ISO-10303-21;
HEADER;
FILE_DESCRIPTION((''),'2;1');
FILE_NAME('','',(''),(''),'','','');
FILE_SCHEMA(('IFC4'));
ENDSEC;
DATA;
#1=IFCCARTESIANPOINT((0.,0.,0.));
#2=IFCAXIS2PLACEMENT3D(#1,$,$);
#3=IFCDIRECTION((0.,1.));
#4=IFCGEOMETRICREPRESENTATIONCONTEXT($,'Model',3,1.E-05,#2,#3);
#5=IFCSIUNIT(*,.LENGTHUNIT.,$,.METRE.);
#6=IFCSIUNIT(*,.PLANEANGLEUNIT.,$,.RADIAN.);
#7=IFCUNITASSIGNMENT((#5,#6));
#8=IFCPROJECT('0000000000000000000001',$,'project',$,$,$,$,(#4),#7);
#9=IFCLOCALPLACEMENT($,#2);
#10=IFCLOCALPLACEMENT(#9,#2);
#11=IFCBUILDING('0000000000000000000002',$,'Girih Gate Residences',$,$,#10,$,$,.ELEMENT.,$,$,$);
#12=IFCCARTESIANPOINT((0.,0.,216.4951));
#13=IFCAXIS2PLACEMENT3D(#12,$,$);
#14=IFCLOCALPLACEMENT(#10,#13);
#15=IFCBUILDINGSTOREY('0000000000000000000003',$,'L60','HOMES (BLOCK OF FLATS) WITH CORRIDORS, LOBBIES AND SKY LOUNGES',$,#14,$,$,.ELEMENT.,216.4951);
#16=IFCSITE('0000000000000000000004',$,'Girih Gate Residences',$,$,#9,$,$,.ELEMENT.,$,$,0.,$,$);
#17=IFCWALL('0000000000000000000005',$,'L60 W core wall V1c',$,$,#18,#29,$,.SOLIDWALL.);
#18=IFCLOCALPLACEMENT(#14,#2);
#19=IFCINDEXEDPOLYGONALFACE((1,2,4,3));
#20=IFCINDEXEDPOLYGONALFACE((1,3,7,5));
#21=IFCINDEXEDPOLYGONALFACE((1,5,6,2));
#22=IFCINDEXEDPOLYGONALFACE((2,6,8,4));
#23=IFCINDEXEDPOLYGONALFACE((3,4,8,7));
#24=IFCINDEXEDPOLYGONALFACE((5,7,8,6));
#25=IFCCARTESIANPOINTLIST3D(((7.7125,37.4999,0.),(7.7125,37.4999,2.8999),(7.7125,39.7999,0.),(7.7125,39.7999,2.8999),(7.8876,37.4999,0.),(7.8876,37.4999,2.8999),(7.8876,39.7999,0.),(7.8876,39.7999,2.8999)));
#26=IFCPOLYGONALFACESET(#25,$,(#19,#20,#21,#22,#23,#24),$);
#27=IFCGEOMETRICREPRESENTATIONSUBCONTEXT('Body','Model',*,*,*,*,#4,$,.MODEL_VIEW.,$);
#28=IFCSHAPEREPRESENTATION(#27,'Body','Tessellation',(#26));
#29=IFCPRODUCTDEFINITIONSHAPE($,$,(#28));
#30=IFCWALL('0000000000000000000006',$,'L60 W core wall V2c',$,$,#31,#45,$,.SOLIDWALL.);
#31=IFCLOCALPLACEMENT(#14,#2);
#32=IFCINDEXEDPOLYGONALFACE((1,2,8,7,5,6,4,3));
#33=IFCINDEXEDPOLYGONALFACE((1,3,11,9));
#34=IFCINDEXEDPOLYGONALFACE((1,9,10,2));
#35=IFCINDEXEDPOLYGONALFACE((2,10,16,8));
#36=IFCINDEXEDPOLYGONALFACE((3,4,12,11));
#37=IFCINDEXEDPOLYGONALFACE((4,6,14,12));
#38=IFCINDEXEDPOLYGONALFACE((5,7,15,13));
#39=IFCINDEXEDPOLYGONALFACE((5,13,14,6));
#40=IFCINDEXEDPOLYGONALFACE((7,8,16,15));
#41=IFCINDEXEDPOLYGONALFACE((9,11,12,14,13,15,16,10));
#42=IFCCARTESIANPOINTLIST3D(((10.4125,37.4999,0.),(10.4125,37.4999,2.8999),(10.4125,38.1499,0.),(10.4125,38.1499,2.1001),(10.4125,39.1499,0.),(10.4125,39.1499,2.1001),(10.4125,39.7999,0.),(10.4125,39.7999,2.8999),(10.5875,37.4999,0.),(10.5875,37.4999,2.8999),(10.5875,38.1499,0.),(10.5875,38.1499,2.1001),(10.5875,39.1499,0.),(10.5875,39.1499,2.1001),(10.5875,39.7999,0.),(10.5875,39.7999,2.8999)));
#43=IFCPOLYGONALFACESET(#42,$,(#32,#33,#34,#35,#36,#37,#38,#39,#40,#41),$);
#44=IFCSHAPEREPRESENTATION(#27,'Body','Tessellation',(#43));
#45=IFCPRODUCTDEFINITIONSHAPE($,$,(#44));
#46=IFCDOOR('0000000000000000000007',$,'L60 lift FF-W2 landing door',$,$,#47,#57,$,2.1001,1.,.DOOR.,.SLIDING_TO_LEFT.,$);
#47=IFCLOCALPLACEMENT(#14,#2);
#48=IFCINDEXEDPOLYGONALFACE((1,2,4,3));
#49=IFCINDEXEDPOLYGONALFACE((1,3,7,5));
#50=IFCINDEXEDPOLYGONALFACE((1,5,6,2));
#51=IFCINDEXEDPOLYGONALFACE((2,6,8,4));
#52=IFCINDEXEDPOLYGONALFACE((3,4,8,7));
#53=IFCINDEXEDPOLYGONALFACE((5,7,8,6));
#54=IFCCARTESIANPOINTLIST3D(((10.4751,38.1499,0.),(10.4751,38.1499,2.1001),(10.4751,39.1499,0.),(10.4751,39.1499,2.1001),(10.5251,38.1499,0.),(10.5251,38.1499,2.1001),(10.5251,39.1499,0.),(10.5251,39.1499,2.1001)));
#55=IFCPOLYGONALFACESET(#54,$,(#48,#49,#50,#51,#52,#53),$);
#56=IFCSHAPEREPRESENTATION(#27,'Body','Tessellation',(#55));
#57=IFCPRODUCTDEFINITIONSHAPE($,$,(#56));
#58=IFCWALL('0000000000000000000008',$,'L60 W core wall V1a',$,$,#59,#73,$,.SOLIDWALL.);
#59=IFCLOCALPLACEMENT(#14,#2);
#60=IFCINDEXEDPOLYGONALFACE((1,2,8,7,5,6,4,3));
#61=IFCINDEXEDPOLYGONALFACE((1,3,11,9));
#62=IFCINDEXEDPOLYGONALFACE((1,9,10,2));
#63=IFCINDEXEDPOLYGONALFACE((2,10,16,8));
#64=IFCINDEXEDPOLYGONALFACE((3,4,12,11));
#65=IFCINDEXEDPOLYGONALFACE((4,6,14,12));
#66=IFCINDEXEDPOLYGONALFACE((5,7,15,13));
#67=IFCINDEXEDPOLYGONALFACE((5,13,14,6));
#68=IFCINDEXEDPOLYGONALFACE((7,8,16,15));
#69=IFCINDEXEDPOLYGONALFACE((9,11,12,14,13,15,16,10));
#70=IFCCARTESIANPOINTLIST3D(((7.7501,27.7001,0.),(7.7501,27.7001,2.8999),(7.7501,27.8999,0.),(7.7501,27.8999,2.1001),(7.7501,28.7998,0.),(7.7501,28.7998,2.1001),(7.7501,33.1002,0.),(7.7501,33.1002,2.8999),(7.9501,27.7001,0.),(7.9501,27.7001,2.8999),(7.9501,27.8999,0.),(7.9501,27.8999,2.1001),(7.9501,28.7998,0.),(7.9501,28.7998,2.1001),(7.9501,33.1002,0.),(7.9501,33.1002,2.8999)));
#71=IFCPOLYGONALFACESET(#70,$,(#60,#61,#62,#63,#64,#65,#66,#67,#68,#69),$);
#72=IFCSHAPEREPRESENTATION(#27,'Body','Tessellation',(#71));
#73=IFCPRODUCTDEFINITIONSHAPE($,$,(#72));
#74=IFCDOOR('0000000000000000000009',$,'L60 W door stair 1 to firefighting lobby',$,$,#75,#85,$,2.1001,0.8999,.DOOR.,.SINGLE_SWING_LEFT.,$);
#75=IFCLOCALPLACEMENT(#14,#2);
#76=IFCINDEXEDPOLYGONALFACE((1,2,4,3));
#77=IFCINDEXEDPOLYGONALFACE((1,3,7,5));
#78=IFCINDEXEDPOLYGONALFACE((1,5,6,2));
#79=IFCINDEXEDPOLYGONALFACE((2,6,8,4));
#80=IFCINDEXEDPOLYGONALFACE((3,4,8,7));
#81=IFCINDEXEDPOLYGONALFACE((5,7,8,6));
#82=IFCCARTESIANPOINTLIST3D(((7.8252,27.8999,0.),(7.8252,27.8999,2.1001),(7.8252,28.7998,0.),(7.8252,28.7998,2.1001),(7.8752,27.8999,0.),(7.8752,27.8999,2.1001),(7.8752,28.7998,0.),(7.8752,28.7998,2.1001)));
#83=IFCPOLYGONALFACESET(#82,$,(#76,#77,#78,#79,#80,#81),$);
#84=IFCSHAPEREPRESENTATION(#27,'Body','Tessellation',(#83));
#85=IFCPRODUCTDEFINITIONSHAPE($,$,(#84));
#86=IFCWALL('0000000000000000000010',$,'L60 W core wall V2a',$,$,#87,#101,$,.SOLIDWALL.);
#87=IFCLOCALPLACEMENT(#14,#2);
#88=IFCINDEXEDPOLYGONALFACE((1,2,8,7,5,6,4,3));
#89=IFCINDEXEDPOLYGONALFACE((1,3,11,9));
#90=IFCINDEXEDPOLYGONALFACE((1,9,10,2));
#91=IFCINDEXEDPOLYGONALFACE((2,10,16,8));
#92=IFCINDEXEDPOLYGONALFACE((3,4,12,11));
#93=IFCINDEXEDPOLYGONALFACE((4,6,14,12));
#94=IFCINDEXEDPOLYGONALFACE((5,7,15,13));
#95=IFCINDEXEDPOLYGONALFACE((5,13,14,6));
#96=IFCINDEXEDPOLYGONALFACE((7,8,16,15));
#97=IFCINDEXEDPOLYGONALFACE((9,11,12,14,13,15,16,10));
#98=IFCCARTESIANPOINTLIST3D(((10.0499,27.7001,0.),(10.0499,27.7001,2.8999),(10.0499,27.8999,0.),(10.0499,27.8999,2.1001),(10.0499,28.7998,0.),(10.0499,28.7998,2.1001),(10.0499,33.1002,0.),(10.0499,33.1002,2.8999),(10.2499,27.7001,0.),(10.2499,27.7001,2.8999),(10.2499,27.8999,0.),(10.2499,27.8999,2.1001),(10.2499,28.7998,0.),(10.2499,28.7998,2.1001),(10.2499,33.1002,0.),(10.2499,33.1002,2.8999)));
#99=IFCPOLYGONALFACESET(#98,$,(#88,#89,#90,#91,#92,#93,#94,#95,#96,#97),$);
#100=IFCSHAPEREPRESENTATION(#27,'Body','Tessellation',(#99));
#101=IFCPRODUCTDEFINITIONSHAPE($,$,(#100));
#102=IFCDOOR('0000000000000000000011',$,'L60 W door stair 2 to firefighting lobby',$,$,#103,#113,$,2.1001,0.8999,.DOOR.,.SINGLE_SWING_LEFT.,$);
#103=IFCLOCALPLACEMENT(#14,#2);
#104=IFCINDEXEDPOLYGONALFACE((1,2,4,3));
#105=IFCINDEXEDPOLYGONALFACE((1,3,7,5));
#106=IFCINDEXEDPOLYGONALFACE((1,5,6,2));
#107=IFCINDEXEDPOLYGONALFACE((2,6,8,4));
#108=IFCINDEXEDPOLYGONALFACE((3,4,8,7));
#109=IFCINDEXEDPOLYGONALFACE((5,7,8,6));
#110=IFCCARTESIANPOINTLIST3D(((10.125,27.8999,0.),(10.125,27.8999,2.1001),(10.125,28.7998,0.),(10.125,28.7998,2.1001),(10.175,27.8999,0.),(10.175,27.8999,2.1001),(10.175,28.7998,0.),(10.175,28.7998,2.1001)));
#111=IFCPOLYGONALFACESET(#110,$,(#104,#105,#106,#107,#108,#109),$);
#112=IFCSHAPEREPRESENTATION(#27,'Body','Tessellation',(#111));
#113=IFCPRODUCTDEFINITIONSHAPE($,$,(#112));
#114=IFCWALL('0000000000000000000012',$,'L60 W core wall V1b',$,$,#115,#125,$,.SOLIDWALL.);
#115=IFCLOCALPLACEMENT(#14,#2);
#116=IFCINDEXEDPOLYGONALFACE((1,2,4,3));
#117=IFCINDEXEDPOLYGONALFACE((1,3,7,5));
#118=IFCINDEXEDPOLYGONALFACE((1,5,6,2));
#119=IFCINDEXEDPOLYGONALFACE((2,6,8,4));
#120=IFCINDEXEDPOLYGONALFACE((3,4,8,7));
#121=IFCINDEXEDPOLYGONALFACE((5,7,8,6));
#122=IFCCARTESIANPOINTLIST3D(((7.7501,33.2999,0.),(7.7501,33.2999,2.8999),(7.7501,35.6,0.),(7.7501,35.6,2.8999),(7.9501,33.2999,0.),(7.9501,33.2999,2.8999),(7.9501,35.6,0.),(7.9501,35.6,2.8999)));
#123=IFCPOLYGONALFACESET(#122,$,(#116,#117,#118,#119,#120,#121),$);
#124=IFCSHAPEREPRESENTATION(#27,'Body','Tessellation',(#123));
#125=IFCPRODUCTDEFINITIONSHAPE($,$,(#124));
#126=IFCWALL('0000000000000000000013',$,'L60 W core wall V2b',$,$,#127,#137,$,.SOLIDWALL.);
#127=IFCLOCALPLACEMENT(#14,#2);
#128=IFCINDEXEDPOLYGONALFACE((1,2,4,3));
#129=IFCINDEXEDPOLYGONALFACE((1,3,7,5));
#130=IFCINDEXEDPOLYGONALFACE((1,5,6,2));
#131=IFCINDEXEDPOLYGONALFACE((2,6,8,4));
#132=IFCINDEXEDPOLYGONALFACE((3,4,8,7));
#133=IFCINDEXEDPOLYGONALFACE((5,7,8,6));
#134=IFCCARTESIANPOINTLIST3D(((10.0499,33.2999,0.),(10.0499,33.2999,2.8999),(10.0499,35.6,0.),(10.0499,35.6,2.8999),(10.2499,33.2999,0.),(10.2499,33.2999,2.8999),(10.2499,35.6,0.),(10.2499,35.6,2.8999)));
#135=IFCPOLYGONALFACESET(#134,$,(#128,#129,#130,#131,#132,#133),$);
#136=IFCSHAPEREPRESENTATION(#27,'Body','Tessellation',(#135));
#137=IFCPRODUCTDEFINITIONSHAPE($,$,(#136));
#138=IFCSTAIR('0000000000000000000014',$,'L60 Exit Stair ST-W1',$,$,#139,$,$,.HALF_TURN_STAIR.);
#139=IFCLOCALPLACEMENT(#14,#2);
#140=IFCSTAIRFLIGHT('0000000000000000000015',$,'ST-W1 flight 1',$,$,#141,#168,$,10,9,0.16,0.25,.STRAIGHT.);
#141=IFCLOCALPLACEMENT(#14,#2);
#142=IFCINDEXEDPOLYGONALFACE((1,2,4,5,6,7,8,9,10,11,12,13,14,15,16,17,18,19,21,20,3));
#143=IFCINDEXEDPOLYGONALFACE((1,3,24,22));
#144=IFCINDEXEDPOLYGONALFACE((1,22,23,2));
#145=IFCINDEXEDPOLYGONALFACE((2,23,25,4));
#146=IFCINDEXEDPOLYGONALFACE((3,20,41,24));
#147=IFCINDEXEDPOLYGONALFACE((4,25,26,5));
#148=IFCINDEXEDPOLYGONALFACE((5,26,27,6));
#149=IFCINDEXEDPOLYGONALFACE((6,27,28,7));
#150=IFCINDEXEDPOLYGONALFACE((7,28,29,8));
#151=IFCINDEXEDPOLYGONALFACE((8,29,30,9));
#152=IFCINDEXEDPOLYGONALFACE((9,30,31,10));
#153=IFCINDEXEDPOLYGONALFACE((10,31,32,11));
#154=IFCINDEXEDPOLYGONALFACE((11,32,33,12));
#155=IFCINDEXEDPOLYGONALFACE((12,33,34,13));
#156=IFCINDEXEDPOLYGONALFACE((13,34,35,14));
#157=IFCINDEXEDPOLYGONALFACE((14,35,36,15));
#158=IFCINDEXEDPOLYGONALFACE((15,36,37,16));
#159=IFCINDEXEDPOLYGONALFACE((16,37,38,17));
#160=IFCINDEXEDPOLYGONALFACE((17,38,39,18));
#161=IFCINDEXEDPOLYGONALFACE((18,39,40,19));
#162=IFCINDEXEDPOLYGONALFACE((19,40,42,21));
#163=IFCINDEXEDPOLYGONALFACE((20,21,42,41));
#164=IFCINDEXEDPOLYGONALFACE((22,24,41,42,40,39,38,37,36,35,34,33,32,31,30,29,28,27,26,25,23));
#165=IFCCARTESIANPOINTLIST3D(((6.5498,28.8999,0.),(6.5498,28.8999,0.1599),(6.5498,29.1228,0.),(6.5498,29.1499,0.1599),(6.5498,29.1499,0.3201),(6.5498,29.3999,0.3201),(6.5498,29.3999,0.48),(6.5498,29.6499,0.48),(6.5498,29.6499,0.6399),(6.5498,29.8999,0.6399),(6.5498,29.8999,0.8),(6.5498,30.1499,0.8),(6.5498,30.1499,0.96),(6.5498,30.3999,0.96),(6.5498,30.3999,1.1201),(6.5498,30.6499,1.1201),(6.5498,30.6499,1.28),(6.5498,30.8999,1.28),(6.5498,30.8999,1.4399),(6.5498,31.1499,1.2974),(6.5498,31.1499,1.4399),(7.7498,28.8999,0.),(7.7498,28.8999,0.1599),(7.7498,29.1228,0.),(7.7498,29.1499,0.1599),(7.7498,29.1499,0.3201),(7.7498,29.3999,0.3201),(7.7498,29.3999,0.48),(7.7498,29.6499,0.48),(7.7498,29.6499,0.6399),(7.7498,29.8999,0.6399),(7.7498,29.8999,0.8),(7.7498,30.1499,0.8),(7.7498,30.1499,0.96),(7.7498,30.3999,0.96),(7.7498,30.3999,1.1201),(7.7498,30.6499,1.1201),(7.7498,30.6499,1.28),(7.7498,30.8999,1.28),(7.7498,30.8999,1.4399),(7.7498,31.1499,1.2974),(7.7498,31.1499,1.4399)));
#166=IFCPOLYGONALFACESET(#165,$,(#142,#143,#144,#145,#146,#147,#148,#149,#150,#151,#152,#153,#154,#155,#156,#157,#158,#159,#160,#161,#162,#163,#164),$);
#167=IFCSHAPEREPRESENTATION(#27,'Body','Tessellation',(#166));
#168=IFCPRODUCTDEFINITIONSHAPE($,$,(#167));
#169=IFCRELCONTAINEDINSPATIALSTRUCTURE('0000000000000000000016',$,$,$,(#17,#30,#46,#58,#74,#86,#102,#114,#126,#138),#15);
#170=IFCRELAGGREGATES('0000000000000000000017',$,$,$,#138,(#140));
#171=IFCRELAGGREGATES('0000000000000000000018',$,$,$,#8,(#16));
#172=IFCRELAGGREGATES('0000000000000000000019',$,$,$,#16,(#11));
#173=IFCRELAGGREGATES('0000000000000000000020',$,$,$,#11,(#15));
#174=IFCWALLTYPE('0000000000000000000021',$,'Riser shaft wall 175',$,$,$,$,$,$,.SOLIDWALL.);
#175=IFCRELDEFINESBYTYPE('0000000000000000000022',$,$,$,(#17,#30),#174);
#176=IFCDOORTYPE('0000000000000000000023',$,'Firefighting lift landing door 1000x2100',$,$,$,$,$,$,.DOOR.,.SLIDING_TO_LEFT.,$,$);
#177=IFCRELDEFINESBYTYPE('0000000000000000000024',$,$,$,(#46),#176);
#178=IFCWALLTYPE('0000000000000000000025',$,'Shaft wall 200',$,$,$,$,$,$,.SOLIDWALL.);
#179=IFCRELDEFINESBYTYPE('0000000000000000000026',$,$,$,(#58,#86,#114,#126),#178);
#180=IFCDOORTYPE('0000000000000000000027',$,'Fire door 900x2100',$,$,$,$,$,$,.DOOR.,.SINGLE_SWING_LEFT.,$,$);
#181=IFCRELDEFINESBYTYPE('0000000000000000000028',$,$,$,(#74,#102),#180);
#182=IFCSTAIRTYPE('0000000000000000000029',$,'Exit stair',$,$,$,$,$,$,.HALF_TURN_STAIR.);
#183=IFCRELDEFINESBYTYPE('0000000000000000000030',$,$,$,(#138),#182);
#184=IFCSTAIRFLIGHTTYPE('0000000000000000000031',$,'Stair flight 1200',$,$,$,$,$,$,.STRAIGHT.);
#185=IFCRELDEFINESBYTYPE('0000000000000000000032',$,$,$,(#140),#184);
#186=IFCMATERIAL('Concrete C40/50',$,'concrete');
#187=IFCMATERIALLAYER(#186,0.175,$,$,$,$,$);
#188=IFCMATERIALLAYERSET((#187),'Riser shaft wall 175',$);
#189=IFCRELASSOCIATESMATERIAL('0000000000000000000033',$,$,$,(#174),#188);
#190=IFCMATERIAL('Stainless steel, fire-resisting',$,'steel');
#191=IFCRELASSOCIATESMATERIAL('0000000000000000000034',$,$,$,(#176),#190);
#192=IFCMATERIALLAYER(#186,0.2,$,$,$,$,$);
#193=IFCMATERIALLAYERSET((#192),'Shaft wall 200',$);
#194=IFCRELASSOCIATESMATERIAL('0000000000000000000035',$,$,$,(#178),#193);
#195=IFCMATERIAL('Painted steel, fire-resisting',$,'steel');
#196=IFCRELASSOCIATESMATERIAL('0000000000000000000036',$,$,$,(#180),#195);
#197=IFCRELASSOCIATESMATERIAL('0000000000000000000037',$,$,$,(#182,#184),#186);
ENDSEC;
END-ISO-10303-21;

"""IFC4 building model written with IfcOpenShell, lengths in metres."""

from ifc_helpers import new_model, si_unit, direction, frame, frame_2d, origin, place, context, subcontext, project, spatial, polyline, rectangle, outline, extrude, material, layer, layer_set, type_object, element, fill, aggregate, save


model = new_model("IFC4")

# Units and contexts
model_context = context("Model", 3, precision=1e-05, world=origin(), true_north=direction((0.0, 1.0)))
body_context = subcontext(model_context, "Body", "Model", "MODEL_VIEW")
ifc_project = project(units=[si_unit("LENGTHUNIT", "METRE"), si_unit("PLANEANGLEUNIT", "RADIAN")], contexts=[model_context])

# Site, building, storey
site_placement = place(None, origin())
site = spatial("IfcSite", under=ifc_project, at=site_placement, Name="Girih Gate Residences", CompositionType="ELEMENT", RefElevation=0.0)
building_placement = place(site_placement, origin())
building = spatial("IfcBuilding", under=site, at=building_placement, Name="Girih Gate Residences", CompositionType="ELEMENT")
storey_placement = place(building_placement, frame((0.0, 0.0, 216.4951)))
storey = spatial("IfcBuildingStorey", under=building, at=storey_placement, Name="L60", Description="HOMES (BLOCK OF FLATS) WITH CORRIDORS, LOBBIES AND SKY LOUNGES", CompositionType="ELEMENT", Elevation=216.4951)

# Wall
ifc_material_1 = material(Name="Concrete C40/50", Category="concrete")
ifc_layer_1 = layer(ifc_material_1, 0.175)
ifc_layer_set_1 = layer_set([ifc_layer_1], Name="Riser shaft wall 175")
wall_type_1 = type_object("IfcWallType", Name="Riser shaft wall 175", PredefinedType="SOLIDWALL", material=ifc_layer_set_1)
wall_1_placement = place(storey_placement, frame((7.8, 37.5, 0.0), z_axis=(0.0, 0.0, 1.0), x_axis=(0.0, 1.0, 0.0)))
element("IfcWall", 1, at=wall_1_placement, inside=storey, type_object=wall_type_1, Name="L60 W core wall V1c", PredefinedType="SOLIDWALL", context=body_context, shape_type="SweptSolid", body=[
    extrude(rectangle(XDim=2.3, YDim=0.175, at=frame_2d((1.1499, 0.0))), origin(), (0.0, 0.0, 1.0), 2.8999),
])

# Walls, openings, doors
wall_2_placement = place(storey_placement, frame((10.5, 37.5, 0.0), z_axis=(0.0, 0.0, 1.0), x_axis=(0.0, 1.0, 0.0)))
wall_2 = element("IfcWall", 2, at=wall_2_placement, inside=storey, type_object=wall_type_1, Name="L60 W core wall V2c", PredefinedType="SOLIDWALL", context=body_context, shape_type="SweptSolid", body=[
    extrude(rectangle(XDim=2.3, YDim=0.175, at=frame_2d((1.1499, 0.0))), origin(), (0.0, 0.0, 1.0), 2.8999),
])
opening_1_placement = place(wall_2_placement, frame((0.6499, 0.0, 0.0)))
opening_1 = element("IfcOpeningElement", 3, at=opening_1_placement, cuts=wall_2, PredefinedType="OPENING", context=body_context, shape_type="SweptSolid", body=[
    extrude(rectangle(XDim=1.0, YDim=2.1001, at=frame_2d((0.5, 1.05))), frame((0.0, 0.0974, 0.0), z_axis=(0.0, -1.0, 0.0), x_axis=(1.0, 0.0, 0.0)), (0.0, 0.0, 1.0), 0.1951),
])
ifc_material_2 = material(Name="Stainless steel, fire-resisting", Category="steel")
door_type_1 = type_object("IfcDoorType", Name="Firefighting lift landing door 1000x2100", OperationType="SLIDING_TO_LEFT", PredefinedType="DOOR", material=ifc_material_2)
door_1_placement = place(opening_1_placement, origin())
door_1 = element("IfcDoor", 4, at=door_1_placement, inside=storey, type_object=door_type_1, Name="L60 lift FF-W2 landing door", OperationType="SLIDING_TO_LEFT", OverallHeight=2.1001, OverallWidth=1.0, PredefinedType="DOOR", context=body_context, shape_type="SweptSolid", body=[
    extrude(rectangle(XDim=1.0, YDim=2.1001, at=frame_2d((0.5, 1.05))), frame((0.0, 0.0249, 0.0), z_axis=(0.0, -1.0, 0.0), x_axis=(1.0, 0.0, 0.0)), (0.0, 0.0, 1.0), 0.05),
])
fill(opening_1, door_1)
ifc_layer_2 = layer(ifc_material_1, 0.2)
ifc_layer_set_2 = layer_set([ifc_layer_2], Name="Shaft wall 200")
wall_type_2 = type_object("IfcWallType", Name="Shaft wall 200", PredefinedType="SOLIDWALL", material=ifc_layer_set_2)
wall_3_placement = place(storey_placement, frame((7.8501, 27.7, 0.0), z_axis=(0.0, 0.0, 1.0), x_axis=(0.0, 1.0, 0.0)))
wall_3 = element("IfcWall", 5, at=wall_3_placement, inside=storey, type_object=wall_type_2, Name="L60 W core wall V1a", PredefinedType="SOLIDWALL", context=body_context, shape_type="SweptSolid", body=[
    extrude(rectangle(XDim=5.4001, YDim=0.2, at=frame_2d((2.7002, 0.0))), origin(), (0.0, 0.0, 1.0), 2.8999),
])
opening_2_placement = place(wall_3_placement, frame((0.2, 0.0, 0.0)))
opening_2 = element("IfcOpeningElement", 6, at=opening_2_placement, cuts=wall_3, PredefinedType="OPENING", context=body_context, shape_type="SweptSolid", body=[
    extrude(rectangle(XDim=0.8999, YDim=2.1001, at=frame_2d((0.45, 1.05))), frame((0.0, 0.1099, 0.0), z_axis=(0.0, -1.0, 0.0), x_axis=(1.0, 0.0, 0.0)), (0.0, 0.0, 1.0), 0.22),
])
ifc_material_3 = material(Name="Painted steel, fire-resisting", Category="steel")
door_type_2 = type_object("IfcDoorType", Name="Fire door 900x2100", OperationType="SINGLE_SWING_LEFT", PredefinedType="DOOR", material=ifc_material_3)
door_2_placement = place(opening_2_placement, origin())
door_2 = element("IfcDoor", 7, at=door_2_placement, inside=storey, type_object=door_type_2, Name="L60 W door stair 1 to firefighting lobby", OperationType="SINGLE_SWING_LEFT", OverallHeight=2.1001, OverallWidth=0.8999, PredefinedType="DOOR", context=body_context, shape_type="SweptSolid", body=[
    extrude(rectangle(XDim=0.8999, YDim=2.1001, at=frame_2d((0.45, 1.05))), frame((0.0, 0.0249, 0.0), z_axis=(0.0, -1.0, 0.0), x_axis=(1.0, 0.0, 0.0)), (0.0, 0.0, 1.0), 0.05),
])
fill(opening_2, door_2)
wall_4_placement = place(storey_placement, frame((10.1499, 27.7, 0.0), z_axis=(0.0, 0.0, 1.0), x_axis=(0.0, 1.0, 0.0)))
wall_4 = element("IfcWall", 8, at=wall_4_placement, inside=storey, type_object=wall_type_2, Name="L60 W core wall V2a", PredefinedType="SOLIDWALL", context=body_context, shape_type="SweptSolid", body=[
    extrude(rectangle(XDim=5.4001, YDim=0.2, at=frame_2d((2.7002, 0.0))), origin(), (0.0, 0.0, 1.0), 2.8999),
])
opening_3_placement = place(wall_4_placement, frame((0.2, 0.0, 0.0)))
opening_3 = element("IfcOpeningElement", 9, at=opening_3_placement, cuts=wall_4, PredefinedType="OPENING", context=body_context, shape_type="SweptSolid", body=[
    extrude(rectangle(XDim=0.8999, YDim=2.1001, at=frame_2d((0.45, 1.05))), frame((0.0, 0.1099, 0.0), z_axis=(0.0, -1.0, 0.0), x_axis=(1.0, 0.0, 0.0)), (0.0, 0.0, 1.0), 0.22),
])
door_3_placement = place(opening_3_placement, origin())
door_3 = element("IfcDoor", 10, at=door_3_placement, inside=storey, type_object=door_type_2, Name="L60 W door stair 2 to firefighting lobby", OperationType="SINGLE_SWING_LEFT", OverallHeight=2.1001, OverallWidth=0.8999, PredefinedType="DOOR", context=body_context, shape_type="SweptSolid", body=[
    extrude(rectangle(XDim=0.8999, YDim=2.1001, at=frame_2d((0.45, 1.05))), frame((0.0, 0.0249, 0.0), z_axis=(0.0, -1.0, 0.0), x_axis=(1.0, 0.0, 0.0)), (0.0, 0.0, 1.0), 0.05),
])
fill(opening_3, door_3)

# Walls
for number, where, z_axis, x_axis, name in (
    (11, (7.8501, 33.3, 0.0), (0.0, 0.0, 1.0), (0.0, 1.0, 0.0), "L60 W core wall V1b"),
    (12, (10.1499, 33.3, 0.0), (0.0, 0.0, 1.0), (0.0, 1.0, 0.0), "L60 W core wall V2b"),
):
    element("IfcWall", number, at=place(storey_placement, frame(where, z_axis=z_axis, x_axis=x_axis)), inside=storey, type_object=wall_type_2, Name=name, PredefinedType="SOLIDWALL", context=body_context, shape_type="SweptSolid", body=[
        extrude(rectangle(XDim=2.3, YDim=0.2, at=frame_2d((1.1499, 0.0))), origin(), (0.0, 0.0, 1.0), 2.8999),
    ])

# Stair, stair flight
stair_type = type_object("IfcStairType", Name="Exit stair", PredefinedType="HALF_TURN_STAIR", material=ifc_material_1)
stair_1_placement = place(storey_placement, origin())
stair_1 = element("IfcStair", 13, at=stair_1_placement, inside=storey, type_object=stair_type, Name="L60 Exit Stair ST-W1", PredefinedType="HALF_TURN_STAIR")
stair_flight_type = type_object("IfcStairFlightType", Name="Stair flight 1200", PredefinedType="STRAIGHT", material=ifc_material_1)
stair_flight_1_placement = place(storey_placement, frame((7.1499, 28.8999, 0.0), z_axis=(0.0, 0.0, 1.0), x_axis=(0.0, 1.0, 0.0)))
stair_flight_1 = element("IfcStairFlight", 14, at=stair_flight_1_placement, type_object=stair_flight_type, Name="ST-W1 flight 1", NumberOfRisers=10, NumberOfTreads=9, PredefinedType="STRAIGHT", RiserHeight=0.16, TreadLength=0.25, context=body_context, shape_type="SweptSolid", body=[
    extrude(outline(polyline([(0.0, 0.0), (0.0, 0.1599), (0.25, 0.1599), (0.25, 0.3201), (0.5, 0.3201), (0.5, 0.48), (0.75, 0.48), (0.75, 0.6399), (1.0, 0.6399), (1.0, 0.8), (1.25, 0.8), (1.25, 0.96), (1.5, 0.96), (1.5, 1.1201), (1.75, 1.1201), (1.75, 1.28), (2.0, 1.28), (2.0, 1.4399), (2.25, 1.4399), (2.25, 1.6001), (2.25, 1.2974), (0.2229, 0.0), (0.0, 0.0)])), frame((0.0, 0.6001, 0.0), z_axis=(0.0, -1.0, 0.0), x_axis=(1.0, 0.0, 0.0)), (0.0, 0.0, 1.0), 1.2),
])
aggregate(stair_1, [stair_flight_1])

save(model, "model.ifc")
